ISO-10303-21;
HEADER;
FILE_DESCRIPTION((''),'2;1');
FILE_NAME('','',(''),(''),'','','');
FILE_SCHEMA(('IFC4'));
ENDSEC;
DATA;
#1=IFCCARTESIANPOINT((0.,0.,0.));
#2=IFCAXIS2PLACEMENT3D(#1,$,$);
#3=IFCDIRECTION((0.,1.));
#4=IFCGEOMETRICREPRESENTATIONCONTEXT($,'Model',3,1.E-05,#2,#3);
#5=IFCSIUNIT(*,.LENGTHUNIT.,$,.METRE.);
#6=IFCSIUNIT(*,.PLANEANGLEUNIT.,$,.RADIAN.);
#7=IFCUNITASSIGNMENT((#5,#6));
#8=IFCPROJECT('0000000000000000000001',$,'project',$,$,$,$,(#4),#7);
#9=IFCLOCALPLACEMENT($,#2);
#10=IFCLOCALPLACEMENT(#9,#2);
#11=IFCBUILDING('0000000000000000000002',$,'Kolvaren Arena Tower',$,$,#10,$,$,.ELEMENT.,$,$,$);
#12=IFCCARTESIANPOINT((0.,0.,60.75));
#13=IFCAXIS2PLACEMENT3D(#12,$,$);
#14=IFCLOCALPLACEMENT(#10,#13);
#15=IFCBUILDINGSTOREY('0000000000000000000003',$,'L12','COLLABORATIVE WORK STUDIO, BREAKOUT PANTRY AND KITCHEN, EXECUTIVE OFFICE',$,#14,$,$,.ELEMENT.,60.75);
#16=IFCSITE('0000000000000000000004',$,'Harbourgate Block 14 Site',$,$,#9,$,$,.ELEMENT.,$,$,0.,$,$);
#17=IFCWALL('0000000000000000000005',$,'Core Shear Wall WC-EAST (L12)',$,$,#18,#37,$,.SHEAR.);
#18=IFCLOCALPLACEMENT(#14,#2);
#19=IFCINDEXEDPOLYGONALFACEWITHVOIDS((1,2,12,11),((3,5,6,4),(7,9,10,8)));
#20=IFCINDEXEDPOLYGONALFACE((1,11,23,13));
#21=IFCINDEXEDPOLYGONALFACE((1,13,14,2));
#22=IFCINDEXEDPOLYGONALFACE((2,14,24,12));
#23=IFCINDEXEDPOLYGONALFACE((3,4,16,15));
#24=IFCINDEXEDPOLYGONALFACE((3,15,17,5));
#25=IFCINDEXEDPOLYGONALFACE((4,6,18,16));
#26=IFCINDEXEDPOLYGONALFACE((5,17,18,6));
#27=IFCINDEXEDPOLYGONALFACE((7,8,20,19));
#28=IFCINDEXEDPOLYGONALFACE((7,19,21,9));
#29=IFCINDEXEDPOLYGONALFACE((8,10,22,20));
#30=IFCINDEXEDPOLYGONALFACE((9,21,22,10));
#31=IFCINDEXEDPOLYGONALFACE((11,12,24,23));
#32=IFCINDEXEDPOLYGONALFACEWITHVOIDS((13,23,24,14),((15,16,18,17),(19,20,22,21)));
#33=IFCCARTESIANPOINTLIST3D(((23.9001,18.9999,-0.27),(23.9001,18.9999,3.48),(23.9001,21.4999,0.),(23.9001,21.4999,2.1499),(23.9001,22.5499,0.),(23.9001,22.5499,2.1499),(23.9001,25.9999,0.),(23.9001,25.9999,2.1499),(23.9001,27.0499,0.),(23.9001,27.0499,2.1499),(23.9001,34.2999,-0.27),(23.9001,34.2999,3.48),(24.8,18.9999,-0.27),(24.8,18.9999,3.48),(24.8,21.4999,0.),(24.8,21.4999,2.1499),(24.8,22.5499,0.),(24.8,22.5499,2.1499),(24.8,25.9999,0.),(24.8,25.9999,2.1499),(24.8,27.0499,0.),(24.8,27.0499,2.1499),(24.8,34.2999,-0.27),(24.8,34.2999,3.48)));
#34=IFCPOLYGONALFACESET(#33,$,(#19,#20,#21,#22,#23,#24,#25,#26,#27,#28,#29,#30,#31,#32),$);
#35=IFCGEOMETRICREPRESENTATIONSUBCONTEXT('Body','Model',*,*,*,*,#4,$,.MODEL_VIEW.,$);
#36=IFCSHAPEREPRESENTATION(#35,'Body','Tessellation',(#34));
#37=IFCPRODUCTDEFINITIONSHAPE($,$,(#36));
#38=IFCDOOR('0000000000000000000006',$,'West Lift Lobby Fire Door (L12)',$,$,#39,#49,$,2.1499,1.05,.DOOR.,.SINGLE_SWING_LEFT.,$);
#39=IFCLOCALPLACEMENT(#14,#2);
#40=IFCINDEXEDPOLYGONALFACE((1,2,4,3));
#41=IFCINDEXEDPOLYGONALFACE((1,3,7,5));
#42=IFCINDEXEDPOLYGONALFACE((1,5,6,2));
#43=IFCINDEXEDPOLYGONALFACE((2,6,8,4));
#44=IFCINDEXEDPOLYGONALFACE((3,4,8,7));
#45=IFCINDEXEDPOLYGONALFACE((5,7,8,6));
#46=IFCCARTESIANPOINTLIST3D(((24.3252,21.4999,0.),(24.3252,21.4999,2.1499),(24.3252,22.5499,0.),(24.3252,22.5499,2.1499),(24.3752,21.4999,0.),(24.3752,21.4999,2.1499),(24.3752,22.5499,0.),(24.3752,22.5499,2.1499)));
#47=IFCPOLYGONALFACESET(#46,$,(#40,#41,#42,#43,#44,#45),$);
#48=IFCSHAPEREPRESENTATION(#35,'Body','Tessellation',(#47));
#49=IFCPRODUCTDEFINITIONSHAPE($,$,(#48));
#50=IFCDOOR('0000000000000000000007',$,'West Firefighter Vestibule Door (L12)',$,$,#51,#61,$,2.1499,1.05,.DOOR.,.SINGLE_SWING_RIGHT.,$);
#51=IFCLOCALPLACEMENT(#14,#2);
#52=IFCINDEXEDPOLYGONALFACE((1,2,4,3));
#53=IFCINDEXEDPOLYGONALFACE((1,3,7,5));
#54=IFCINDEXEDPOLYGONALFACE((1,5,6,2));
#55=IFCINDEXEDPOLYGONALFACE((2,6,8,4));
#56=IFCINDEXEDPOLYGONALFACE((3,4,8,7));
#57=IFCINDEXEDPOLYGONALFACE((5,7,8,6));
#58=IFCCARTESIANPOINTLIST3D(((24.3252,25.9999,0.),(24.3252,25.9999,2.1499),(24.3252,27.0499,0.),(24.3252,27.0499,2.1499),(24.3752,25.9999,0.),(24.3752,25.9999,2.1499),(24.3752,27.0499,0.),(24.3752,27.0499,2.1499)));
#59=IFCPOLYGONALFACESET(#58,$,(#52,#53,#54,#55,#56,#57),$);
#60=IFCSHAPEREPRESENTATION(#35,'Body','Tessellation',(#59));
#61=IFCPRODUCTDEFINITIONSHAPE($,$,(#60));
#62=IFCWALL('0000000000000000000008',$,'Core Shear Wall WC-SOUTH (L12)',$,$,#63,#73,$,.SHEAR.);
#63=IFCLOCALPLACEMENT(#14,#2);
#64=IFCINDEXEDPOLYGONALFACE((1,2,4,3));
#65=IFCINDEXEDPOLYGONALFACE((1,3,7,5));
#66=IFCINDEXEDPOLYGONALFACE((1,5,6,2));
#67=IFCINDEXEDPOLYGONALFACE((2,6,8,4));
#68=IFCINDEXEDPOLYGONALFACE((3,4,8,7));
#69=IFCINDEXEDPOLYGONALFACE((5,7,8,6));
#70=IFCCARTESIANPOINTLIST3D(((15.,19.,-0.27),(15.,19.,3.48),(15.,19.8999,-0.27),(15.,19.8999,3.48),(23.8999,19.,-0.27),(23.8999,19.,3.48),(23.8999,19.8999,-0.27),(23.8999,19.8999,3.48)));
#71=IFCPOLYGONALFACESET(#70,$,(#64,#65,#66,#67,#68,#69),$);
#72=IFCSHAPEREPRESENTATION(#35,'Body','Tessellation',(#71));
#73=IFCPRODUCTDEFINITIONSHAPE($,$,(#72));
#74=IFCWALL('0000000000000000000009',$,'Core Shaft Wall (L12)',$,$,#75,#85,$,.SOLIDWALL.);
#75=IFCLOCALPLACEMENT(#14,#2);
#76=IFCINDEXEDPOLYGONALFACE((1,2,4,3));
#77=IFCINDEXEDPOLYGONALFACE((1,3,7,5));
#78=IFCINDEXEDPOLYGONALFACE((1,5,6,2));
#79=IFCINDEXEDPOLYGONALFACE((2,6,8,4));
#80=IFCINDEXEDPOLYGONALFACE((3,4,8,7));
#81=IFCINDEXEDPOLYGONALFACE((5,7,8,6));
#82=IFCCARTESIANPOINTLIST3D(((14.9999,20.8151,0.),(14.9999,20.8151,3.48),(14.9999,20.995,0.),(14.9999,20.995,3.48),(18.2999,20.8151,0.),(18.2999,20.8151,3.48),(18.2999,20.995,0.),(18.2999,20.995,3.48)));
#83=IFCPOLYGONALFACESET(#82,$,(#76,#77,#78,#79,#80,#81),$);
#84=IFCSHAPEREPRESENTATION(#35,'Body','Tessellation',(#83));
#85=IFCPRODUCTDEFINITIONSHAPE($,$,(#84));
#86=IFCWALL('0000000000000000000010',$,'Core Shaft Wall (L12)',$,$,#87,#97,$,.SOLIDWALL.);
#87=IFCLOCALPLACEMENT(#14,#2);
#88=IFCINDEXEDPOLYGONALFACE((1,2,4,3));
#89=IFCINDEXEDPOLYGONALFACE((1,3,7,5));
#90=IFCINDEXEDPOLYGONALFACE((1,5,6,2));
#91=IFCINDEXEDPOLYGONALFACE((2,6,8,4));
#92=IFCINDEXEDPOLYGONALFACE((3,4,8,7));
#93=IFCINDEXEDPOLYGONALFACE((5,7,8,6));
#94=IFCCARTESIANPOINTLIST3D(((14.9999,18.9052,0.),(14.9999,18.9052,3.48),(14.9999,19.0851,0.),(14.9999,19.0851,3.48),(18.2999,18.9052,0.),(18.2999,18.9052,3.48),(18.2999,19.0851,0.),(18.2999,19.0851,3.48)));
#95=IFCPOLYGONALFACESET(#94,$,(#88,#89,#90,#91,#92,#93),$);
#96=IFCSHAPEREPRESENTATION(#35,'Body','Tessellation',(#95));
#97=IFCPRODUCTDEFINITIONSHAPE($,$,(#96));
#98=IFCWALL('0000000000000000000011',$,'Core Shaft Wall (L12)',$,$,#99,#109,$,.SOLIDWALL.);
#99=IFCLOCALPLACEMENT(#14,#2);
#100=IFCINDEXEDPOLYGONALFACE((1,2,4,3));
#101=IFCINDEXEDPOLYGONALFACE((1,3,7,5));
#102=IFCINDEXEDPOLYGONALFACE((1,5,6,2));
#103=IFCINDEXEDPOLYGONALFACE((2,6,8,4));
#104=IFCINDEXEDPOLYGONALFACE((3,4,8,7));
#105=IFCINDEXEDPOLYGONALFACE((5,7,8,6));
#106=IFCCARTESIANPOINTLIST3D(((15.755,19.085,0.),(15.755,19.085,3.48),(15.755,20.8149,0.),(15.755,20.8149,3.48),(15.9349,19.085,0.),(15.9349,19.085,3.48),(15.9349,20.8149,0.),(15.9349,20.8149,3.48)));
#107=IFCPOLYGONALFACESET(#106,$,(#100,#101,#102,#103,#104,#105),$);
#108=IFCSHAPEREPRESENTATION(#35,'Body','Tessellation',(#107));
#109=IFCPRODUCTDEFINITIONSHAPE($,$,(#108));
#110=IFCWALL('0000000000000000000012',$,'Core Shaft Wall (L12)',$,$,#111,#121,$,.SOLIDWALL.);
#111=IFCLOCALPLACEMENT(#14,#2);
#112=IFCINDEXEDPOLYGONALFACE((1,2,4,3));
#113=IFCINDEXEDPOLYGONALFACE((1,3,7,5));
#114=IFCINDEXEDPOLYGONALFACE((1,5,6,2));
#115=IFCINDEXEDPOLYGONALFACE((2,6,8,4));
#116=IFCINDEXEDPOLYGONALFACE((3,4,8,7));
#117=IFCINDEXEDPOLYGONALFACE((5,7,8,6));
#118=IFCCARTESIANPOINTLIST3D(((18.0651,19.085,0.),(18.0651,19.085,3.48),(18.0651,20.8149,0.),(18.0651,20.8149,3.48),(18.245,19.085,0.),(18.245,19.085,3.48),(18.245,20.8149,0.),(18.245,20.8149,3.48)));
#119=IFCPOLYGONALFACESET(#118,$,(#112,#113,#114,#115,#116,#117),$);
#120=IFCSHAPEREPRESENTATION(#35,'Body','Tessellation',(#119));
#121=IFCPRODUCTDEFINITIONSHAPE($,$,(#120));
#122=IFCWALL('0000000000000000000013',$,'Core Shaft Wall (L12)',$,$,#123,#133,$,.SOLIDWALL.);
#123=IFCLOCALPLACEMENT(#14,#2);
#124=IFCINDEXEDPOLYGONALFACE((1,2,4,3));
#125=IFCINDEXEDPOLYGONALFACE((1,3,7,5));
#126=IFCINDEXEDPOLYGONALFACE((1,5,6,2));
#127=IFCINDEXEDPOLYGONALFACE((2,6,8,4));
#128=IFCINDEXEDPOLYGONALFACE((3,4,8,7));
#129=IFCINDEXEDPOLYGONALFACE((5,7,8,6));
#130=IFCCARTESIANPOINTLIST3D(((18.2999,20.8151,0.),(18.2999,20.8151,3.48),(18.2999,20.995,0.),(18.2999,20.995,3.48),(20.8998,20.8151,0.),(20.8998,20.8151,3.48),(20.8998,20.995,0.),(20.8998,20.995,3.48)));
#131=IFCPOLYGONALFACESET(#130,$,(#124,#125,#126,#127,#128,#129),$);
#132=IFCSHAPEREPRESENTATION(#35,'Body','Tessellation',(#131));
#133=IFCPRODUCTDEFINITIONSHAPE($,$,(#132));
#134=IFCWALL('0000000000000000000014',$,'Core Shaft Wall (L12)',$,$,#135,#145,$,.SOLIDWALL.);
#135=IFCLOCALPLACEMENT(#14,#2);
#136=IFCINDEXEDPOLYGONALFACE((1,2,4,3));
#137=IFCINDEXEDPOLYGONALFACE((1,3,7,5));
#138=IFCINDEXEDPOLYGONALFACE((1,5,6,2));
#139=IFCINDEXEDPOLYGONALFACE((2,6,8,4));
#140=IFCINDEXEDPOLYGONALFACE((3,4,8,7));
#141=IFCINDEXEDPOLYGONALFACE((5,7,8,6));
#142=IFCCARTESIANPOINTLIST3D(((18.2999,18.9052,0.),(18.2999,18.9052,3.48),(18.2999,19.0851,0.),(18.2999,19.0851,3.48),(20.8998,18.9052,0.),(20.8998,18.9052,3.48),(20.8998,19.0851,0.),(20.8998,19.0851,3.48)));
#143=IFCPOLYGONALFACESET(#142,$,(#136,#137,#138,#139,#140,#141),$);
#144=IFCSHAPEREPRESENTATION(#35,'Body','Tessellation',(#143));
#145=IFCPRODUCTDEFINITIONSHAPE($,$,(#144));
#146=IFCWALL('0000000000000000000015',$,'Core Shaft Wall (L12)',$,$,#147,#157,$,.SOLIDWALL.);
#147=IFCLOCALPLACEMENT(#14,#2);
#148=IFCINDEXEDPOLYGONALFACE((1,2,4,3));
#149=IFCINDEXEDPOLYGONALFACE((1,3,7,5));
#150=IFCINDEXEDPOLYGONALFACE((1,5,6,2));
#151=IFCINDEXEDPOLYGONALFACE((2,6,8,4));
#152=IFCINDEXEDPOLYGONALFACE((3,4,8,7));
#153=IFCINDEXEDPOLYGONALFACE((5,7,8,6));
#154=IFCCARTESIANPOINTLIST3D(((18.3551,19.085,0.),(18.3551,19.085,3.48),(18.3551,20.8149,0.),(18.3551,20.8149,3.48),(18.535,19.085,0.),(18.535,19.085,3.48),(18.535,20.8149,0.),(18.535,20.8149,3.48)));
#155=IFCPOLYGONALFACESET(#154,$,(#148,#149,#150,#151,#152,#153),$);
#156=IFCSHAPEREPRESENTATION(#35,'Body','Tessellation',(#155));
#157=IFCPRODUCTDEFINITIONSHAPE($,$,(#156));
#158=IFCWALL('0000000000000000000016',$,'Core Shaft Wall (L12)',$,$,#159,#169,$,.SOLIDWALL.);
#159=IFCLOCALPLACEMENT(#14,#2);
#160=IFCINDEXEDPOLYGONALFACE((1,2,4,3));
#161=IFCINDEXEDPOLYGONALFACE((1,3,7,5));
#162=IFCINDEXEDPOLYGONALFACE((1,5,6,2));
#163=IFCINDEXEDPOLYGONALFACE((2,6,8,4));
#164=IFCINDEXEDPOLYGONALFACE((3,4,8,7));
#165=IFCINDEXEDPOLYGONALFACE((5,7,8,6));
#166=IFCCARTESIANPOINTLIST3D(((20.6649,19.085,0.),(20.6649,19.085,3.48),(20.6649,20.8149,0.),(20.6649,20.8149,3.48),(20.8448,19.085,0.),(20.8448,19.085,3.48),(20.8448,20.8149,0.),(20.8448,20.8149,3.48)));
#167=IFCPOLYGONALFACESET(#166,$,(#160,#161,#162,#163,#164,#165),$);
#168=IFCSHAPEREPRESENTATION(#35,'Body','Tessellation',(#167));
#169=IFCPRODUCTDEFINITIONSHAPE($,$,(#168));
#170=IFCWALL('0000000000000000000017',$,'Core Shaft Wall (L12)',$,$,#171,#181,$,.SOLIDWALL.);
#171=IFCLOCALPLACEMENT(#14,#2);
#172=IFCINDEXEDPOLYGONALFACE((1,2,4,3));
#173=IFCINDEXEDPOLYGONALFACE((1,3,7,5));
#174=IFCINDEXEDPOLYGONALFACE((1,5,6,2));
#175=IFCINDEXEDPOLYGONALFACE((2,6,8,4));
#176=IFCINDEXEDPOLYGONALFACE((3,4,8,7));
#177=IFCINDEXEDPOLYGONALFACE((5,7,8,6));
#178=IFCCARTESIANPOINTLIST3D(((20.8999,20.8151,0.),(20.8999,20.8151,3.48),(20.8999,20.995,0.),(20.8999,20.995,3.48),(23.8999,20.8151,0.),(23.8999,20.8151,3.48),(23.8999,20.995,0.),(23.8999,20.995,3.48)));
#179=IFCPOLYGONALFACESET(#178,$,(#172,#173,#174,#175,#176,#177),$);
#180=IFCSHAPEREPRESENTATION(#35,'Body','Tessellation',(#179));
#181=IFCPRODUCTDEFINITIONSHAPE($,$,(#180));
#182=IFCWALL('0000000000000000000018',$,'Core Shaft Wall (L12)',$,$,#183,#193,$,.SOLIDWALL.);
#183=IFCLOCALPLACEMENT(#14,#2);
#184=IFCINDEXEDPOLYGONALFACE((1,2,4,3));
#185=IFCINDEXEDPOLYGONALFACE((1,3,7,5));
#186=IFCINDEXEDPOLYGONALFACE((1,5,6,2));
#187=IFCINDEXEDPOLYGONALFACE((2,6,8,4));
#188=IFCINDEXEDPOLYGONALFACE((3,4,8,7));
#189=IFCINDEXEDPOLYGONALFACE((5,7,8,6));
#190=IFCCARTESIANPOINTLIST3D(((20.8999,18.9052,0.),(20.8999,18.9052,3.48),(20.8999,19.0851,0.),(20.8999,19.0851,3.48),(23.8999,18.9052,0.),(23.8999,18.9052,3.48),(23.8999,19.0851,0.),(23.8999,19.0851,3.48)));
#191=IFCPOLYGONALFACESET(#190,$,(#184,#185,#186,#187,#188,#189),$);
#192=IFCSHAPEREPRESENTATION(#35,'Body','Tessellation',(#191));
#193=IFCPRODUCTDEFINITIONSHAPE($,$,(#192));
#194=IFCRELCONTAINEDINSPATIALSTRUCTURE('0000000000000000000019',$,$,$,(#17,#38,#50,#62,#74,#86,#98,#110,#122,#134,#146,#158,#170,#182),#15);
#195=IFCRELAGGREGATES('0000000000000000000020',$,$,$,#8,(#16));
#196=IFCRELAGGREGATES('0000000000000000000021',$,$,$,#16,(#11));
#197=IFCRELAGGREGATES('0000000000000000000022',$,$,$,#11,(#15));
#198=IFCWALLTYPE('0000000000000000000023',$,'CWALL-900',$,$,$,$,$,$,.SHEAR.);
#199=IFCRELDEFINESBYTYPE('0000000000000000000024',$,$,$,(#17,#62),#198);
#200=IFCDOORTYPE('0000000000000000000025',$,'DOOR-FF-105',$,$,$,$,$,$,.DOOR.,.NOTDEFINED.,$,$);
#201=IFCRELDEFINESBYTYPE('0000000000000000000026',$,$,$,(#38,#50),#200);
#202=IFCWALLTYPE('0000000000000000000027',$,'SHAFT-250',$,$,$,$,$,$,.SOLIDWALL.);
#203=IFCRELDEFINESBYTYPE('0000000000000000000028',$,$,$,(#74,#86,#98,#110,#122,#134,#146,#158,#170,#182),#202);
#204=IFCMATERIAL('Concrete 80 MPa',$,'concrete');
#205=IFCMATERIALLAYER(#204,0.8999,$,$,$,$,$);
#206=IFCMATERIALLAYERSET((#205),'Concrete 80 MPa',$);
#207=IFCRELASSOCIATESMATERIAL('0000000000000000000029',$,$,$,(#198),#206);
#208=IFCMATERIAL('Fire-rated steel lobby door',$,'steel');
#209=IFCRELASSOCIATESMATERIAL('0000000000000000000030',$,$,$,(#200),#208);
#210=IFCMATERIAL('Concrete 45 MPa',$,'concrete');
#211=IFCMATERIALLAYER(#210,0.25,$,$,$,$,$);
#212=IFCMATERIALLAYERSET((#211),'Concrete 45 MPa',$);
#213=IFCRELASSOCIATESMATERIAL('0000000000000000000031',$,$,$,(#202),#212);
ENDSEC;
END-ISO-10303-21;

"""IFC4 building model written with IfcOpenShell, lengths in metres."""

from ifc_helpers import new_model, si_unit, direction, frame, frame_2d, origin, place, context, subcontext, project, spatial, rectangle, extrude, material, layer, layer_set, type_object, element, fill, save


model = new_model("IFC4")

# Units and contexts
model_context = context("Model", 3, precision=1e-05, world=origin(), true_north=direction((0.0, 1.0)))
body_context = subcontext(model_context, "Body", "Model", "MODEL_VIEW")
ifc_project = project(units=[si_unit("LENGTHUNIT", "METRE"), si_unit("PLANEANGLEUNIT", "RADIAN")], contexts=[model_context])

# Site, building, storey
site_placement = place(None, origin())
site = spatial("IfcSite", under=ifc_project, at=site_placement, Name="Harbourgate Block 14 Site", CompositionType="ELEMENT", RefElevation=0.0)
building_placement = place(site_placement, origin())
building = spatial("IfcBuilding", under=site, at=building_placement, Name="Kolvaren Arena Tower", CompositionType="ELEMENT")
storey_placement = place(building_placement, frame((0.0, 0.0, 60.75)))
storey = spatial("IfcBuildingStorey", under=building, at=storey_placement, Name="L12", Description="COLLABORATIVE WORK STUDIO, BREAKOUT PANTRY AND KITCHEN, EXECUTIVE OFFICE", CompositionType="ELEMENT", Elevation=60.75)

# Wall, openings, doors
ifc_material_1 = material(Name="Concrete 80 MPa", Category="concrete")
ifc_layer_1 = layer(ifc_material_1, 0.8999)
ifc_layer_set_1 = layer_set([ifc_layer_1], Name="Concrete 80 MPa")
wall_type_1 = type_object("IfcWallType", Name="CWALL-900", PredefinedType="SHEAR", material=ifc_layer_set_1)
wall_1_placement = place(storey_placement, frame((24.3501, 19.0, -0.27), z_axis=(0.0, 0.0, 1.0), x_axis=(0.0, 1.0, 0.0)))
wall_1 = element("IfcWall", 1, at=wall_1_placement, inside=storey, type_object=wall_type_1, Name="Core Shear Wall WC-EAST (L12)", PredefinedType="SHEAR", context=body_context, shape_type="SweptSolid", body=[
    extrude(rectangle(XDim=15.3, YDim=0.8999, at=frame_2d((7.6499, 0.0))), origin(), (0.0, 0.0, 1.0), 3.75),
])
opening_1_placement = place(wall_1_placement, frame((2.5, 0.0, 0.27)))
opening_1 = element("IfcOpeningElement", 2, at=opening_1_placement, cuts=wall_1, PredefinedType="OPENING", context=body_context, shape_type="SweptSolid", body=[
    extrude(rectangle(XDim=1.05, YDim=2.1499, at=frame_2d((0.5249, 1.075))), frame((0.0, 0.46, 0.0), z_axis=(0.0, -1.0, 0.0), x_axis=(1.0, 0.0, 0.0)), (0.0, 0.0, 1.0), 0.9199),
])
opening_2_placement = place(wall_1_placement, frame((7.0, 0.0, 0.27)))
opening_2 = element("IfcOpeningElement", 3, at=opening_2_placement, cuts=wall_1, PredefinedType="OPENING", context=body_context, shape_type="SweptSolid", body=[
    extrude(rectangle(XDim=1.05, YDim=2.1499, at=frame_2d((0.5249, 1.075))), frame((0.0, 0.46, 0.0), z_axis=(0.0, -1.0, 0.0), x_axis=(1.0, 0.0, 0.0)), (0.0, 0.0, 1.0), 0.9199),
])
ifc_material_2 = material(Name="Fire-rated steel lobby door", Category="steel")
door_type = type_object("IfcDoorType", Name="DOOR-FF-105", OperationType="NOTDEFINED", PredefinedType="DOOR", material=ifc_material_2)
door_1_placement = place(opening_1_placement, origin())
door_1 = element("IfcDoor", 4, at=door_1_placement, inside=storey, type_object=door_type, Name="West Lift Lobby Fire Door (L12)", OperationType="SINGLE_SWING_LEFT", OverallHeight=2.1499, OverallWidth=1.05, PredefinedType="DOOR", context=body_context, shape_type="SweptSolid", body=[
    extrude(rectangle(XDim=1.05, YDim=2.1499, at=frame_2d((0.5249, 1.075))), frame((0.0, 0.0249, 0.0), z_axis=(0.0, -1.0, 0.0), x_axis=(1.0, 0.0, 0.0)), (0.0, 0.0, 1.0), 0.05),
])
fill(opening_1, door_1)
door_2_placement = place(opening_2_placement, origin())
door_2 = element("IfcDoor", 5, at=door_2_placement, inside=storey, type_object=door_type, Name="West Firefighter Vestibule Door (L12)", OperationType="SINGLE_SWING_RIGHT", OverallHeight=2.1499, OverallWidth=1.05, PredefinedType="DOOR", context=body_context, shape_type="SweptSolid", body=[
    extrude(rectangle(XDim=1.05, YDim=2.1499, at=frame_2d((0.5249, 1.075))), frame((0.0, 0.0249, 0.0), z_axis=(0.0, -1.0, 0.0), x_axis=(1.0, 0.0, 0.0)), (0.0, 0.0, 1.0), 0.05),
])
fill(opening_2, door_2)

# Walls
wall_2_placement = place(storey_placement, frame((15.0, 19.45, -0.27), z_axis=(0.0, 0.0, 1.0), x_axis=(1.0, 0.0, 0.0)))
element("IfcWall", 6, at=wall_2_placement, inside=storey, type_object=wall_type_1, Name="Core Shear Wall WC-SOUTH (L12)", PredefinedType="SHEAR", context=body_context, shape_type="SweptSolid", body=[
    extrude(rectangle(XDim=8.8999, YDim=0.8999, at=frame_2d((4.45, 0.0))), origin(), (0.0, 0.0, 1.0), 3.75),
])
ifc_material_3 = material(Name="Concrete 45 MPa", Category="concrete")
ifc_layer_2 = layer(ifc_material_3, 0.25)
ifc_layer_set_2 = layer_set([ifc_layer_2], Name="Concrete 45 MPa")
wall_type_2 = type_object("IfcWallType", Name="SHAFT-250", PredefinedType="SOLIDWALL", material=ifc_layer_set_2)
for number, where, z_axis, x_axis, name in (
    (7, (15.0, 20.905, 0.0), (0.0, 0.0, 1.0), (1.0, 0.0, 0.0), "Core Shaft Wall (L12)"),
    (8, (15.0, 18.9951, 0.0), (0.0, 0.0, 1.0), (1.0, 0.0, 0.0), "Core Shaft Wall (L12)"),
):
    element("IfcWall", number, at=place(storey_placement, frame(where, z_axis=z_axis, x_axis=x_axis)), inside=storey, type_object=wall_type_2, Name=name, PredefinedType="SOLIDWALL", context=body_context, shape_type="SweptSolid", body=[
        extrude(rectangle(XDim=3.3, YDim=0.1799, at=frame_2d((1.6499, 0.0))), origin(), (0.0, 0.0, 1.0), 3.48),
    ])
for number, where, z_axis, x_axis, name in (
    (9, (15.845, 19.085, 0.0), (0.0, 0.0, 1.0), (0.0, 1.0, 0.0), "Core Shaft Wall (L12)"),
    (10, (18.155, 19.085, 0.0), (0.0, 0.0, 1.0), (0.0, 1.0, 0.0), "Core Shaft Wall (L12)"),
):
    element("IfcWall", number, at=place(storey_placement, frame(where, z_axis=z_axis, x_axis=x_axis)), inside=storey, type_object=wall_type_2, Name=name, PredefinedType="SOLIDWALL", context=body_context, shape_type="SweptSolid", body=[
        extrude(rectangle(XDim=1.73, YDim=0.1799, at=frame_2d((0.865, 0.0))), origin(), (0.0, 0.0, 1.0), 3.48),
    ])
for number, where, z_axis, x_axis, name in (
    (11, (18.3, 20.905, 0.0), (0.0, 0.0, 1.0), (1.0, 0.0, 0.0), "Core Shaft Wall (L12)"),
    (12, (18.3, 18.9951, 0.0), (0.0, 0.0, 1.0), (1.0, 0.0, 0.0), "Core Shaft Wall (L12)"),
):
    element("IfcWall", number, at=place(storey_placement, frame(where, z_axis=z_axis, x_axis=x_axis)), inside=storey, type_object=wall_type_2, Name=name, PredefinedType="SOLIDWALL", context=body_context, shape_type="SweptSolid", body=[
        extrude(rectangle(XDim=2.5999, YDim=0.1799, at=frame_2d((1.2998, 0.0))), origin(), (0.0, 0.0, 1.0), 3.48),
    ])
for number, where, z_axis, x_axis, name in (
    (13, (18.4451, 19.085, 0.0), (0.0, 0.0, 1.0), (0.0, 1.0, 0.0), "Core Shaft Wall (L12)"),
    (14, (20.7549, 19.085, 0.0), (0.0, 0.0, 1.0), (0.0, 1.0, 0.0), "Core Shaft Wall (L12)"),
):
    element("IfcWall", number, at=place(storey_placement, frame(where, z_axis=z_axis, x_axis=x_axis)), inside=storey, type_object=wall_type_2, Name=name, PredefinedType="SOLIDWALL", context=body_context, shape_type="SweptSolid", body=[
        extrude(rectangle(XDim=1.73, YDim=0.1799, at=frame_2d((0.865, 0.0))), origin(), (0.0, 0.0, 1.0), 3.48),
    ])
for number, where, z_axis, x_axis, name in (
    (15, (20.8999, 20.905, 0.0), (0.0, 0.0, 1.0), (1.0, 0.0, 0.0), "Core Shaft Wall (L12)"),
    (16, (20.8999, 18.9951, 0.0), (0.0, 0.0, 1.0), (1.0, 0.0, 0.0), "Core Shaft Wall (L12)"),
):
    element("IfcWall", number, at=place(storey_placement, frame(where, z_axis=z_axis, x_axis=x_axis)), inside=storey, type_object=wall_type_2, Name=name, PredefinedType="SOLIDWALL", context=body_context, shape_type="SweptSolid", body=[
        extrude(rectangle(XDim=3.0, YDim=0.1799, at=frame_2d((1.5, 0.0))), origin(), (0.0, 0.0, 1.0), 3.48),
    ])

save(model, "model.ifc")
